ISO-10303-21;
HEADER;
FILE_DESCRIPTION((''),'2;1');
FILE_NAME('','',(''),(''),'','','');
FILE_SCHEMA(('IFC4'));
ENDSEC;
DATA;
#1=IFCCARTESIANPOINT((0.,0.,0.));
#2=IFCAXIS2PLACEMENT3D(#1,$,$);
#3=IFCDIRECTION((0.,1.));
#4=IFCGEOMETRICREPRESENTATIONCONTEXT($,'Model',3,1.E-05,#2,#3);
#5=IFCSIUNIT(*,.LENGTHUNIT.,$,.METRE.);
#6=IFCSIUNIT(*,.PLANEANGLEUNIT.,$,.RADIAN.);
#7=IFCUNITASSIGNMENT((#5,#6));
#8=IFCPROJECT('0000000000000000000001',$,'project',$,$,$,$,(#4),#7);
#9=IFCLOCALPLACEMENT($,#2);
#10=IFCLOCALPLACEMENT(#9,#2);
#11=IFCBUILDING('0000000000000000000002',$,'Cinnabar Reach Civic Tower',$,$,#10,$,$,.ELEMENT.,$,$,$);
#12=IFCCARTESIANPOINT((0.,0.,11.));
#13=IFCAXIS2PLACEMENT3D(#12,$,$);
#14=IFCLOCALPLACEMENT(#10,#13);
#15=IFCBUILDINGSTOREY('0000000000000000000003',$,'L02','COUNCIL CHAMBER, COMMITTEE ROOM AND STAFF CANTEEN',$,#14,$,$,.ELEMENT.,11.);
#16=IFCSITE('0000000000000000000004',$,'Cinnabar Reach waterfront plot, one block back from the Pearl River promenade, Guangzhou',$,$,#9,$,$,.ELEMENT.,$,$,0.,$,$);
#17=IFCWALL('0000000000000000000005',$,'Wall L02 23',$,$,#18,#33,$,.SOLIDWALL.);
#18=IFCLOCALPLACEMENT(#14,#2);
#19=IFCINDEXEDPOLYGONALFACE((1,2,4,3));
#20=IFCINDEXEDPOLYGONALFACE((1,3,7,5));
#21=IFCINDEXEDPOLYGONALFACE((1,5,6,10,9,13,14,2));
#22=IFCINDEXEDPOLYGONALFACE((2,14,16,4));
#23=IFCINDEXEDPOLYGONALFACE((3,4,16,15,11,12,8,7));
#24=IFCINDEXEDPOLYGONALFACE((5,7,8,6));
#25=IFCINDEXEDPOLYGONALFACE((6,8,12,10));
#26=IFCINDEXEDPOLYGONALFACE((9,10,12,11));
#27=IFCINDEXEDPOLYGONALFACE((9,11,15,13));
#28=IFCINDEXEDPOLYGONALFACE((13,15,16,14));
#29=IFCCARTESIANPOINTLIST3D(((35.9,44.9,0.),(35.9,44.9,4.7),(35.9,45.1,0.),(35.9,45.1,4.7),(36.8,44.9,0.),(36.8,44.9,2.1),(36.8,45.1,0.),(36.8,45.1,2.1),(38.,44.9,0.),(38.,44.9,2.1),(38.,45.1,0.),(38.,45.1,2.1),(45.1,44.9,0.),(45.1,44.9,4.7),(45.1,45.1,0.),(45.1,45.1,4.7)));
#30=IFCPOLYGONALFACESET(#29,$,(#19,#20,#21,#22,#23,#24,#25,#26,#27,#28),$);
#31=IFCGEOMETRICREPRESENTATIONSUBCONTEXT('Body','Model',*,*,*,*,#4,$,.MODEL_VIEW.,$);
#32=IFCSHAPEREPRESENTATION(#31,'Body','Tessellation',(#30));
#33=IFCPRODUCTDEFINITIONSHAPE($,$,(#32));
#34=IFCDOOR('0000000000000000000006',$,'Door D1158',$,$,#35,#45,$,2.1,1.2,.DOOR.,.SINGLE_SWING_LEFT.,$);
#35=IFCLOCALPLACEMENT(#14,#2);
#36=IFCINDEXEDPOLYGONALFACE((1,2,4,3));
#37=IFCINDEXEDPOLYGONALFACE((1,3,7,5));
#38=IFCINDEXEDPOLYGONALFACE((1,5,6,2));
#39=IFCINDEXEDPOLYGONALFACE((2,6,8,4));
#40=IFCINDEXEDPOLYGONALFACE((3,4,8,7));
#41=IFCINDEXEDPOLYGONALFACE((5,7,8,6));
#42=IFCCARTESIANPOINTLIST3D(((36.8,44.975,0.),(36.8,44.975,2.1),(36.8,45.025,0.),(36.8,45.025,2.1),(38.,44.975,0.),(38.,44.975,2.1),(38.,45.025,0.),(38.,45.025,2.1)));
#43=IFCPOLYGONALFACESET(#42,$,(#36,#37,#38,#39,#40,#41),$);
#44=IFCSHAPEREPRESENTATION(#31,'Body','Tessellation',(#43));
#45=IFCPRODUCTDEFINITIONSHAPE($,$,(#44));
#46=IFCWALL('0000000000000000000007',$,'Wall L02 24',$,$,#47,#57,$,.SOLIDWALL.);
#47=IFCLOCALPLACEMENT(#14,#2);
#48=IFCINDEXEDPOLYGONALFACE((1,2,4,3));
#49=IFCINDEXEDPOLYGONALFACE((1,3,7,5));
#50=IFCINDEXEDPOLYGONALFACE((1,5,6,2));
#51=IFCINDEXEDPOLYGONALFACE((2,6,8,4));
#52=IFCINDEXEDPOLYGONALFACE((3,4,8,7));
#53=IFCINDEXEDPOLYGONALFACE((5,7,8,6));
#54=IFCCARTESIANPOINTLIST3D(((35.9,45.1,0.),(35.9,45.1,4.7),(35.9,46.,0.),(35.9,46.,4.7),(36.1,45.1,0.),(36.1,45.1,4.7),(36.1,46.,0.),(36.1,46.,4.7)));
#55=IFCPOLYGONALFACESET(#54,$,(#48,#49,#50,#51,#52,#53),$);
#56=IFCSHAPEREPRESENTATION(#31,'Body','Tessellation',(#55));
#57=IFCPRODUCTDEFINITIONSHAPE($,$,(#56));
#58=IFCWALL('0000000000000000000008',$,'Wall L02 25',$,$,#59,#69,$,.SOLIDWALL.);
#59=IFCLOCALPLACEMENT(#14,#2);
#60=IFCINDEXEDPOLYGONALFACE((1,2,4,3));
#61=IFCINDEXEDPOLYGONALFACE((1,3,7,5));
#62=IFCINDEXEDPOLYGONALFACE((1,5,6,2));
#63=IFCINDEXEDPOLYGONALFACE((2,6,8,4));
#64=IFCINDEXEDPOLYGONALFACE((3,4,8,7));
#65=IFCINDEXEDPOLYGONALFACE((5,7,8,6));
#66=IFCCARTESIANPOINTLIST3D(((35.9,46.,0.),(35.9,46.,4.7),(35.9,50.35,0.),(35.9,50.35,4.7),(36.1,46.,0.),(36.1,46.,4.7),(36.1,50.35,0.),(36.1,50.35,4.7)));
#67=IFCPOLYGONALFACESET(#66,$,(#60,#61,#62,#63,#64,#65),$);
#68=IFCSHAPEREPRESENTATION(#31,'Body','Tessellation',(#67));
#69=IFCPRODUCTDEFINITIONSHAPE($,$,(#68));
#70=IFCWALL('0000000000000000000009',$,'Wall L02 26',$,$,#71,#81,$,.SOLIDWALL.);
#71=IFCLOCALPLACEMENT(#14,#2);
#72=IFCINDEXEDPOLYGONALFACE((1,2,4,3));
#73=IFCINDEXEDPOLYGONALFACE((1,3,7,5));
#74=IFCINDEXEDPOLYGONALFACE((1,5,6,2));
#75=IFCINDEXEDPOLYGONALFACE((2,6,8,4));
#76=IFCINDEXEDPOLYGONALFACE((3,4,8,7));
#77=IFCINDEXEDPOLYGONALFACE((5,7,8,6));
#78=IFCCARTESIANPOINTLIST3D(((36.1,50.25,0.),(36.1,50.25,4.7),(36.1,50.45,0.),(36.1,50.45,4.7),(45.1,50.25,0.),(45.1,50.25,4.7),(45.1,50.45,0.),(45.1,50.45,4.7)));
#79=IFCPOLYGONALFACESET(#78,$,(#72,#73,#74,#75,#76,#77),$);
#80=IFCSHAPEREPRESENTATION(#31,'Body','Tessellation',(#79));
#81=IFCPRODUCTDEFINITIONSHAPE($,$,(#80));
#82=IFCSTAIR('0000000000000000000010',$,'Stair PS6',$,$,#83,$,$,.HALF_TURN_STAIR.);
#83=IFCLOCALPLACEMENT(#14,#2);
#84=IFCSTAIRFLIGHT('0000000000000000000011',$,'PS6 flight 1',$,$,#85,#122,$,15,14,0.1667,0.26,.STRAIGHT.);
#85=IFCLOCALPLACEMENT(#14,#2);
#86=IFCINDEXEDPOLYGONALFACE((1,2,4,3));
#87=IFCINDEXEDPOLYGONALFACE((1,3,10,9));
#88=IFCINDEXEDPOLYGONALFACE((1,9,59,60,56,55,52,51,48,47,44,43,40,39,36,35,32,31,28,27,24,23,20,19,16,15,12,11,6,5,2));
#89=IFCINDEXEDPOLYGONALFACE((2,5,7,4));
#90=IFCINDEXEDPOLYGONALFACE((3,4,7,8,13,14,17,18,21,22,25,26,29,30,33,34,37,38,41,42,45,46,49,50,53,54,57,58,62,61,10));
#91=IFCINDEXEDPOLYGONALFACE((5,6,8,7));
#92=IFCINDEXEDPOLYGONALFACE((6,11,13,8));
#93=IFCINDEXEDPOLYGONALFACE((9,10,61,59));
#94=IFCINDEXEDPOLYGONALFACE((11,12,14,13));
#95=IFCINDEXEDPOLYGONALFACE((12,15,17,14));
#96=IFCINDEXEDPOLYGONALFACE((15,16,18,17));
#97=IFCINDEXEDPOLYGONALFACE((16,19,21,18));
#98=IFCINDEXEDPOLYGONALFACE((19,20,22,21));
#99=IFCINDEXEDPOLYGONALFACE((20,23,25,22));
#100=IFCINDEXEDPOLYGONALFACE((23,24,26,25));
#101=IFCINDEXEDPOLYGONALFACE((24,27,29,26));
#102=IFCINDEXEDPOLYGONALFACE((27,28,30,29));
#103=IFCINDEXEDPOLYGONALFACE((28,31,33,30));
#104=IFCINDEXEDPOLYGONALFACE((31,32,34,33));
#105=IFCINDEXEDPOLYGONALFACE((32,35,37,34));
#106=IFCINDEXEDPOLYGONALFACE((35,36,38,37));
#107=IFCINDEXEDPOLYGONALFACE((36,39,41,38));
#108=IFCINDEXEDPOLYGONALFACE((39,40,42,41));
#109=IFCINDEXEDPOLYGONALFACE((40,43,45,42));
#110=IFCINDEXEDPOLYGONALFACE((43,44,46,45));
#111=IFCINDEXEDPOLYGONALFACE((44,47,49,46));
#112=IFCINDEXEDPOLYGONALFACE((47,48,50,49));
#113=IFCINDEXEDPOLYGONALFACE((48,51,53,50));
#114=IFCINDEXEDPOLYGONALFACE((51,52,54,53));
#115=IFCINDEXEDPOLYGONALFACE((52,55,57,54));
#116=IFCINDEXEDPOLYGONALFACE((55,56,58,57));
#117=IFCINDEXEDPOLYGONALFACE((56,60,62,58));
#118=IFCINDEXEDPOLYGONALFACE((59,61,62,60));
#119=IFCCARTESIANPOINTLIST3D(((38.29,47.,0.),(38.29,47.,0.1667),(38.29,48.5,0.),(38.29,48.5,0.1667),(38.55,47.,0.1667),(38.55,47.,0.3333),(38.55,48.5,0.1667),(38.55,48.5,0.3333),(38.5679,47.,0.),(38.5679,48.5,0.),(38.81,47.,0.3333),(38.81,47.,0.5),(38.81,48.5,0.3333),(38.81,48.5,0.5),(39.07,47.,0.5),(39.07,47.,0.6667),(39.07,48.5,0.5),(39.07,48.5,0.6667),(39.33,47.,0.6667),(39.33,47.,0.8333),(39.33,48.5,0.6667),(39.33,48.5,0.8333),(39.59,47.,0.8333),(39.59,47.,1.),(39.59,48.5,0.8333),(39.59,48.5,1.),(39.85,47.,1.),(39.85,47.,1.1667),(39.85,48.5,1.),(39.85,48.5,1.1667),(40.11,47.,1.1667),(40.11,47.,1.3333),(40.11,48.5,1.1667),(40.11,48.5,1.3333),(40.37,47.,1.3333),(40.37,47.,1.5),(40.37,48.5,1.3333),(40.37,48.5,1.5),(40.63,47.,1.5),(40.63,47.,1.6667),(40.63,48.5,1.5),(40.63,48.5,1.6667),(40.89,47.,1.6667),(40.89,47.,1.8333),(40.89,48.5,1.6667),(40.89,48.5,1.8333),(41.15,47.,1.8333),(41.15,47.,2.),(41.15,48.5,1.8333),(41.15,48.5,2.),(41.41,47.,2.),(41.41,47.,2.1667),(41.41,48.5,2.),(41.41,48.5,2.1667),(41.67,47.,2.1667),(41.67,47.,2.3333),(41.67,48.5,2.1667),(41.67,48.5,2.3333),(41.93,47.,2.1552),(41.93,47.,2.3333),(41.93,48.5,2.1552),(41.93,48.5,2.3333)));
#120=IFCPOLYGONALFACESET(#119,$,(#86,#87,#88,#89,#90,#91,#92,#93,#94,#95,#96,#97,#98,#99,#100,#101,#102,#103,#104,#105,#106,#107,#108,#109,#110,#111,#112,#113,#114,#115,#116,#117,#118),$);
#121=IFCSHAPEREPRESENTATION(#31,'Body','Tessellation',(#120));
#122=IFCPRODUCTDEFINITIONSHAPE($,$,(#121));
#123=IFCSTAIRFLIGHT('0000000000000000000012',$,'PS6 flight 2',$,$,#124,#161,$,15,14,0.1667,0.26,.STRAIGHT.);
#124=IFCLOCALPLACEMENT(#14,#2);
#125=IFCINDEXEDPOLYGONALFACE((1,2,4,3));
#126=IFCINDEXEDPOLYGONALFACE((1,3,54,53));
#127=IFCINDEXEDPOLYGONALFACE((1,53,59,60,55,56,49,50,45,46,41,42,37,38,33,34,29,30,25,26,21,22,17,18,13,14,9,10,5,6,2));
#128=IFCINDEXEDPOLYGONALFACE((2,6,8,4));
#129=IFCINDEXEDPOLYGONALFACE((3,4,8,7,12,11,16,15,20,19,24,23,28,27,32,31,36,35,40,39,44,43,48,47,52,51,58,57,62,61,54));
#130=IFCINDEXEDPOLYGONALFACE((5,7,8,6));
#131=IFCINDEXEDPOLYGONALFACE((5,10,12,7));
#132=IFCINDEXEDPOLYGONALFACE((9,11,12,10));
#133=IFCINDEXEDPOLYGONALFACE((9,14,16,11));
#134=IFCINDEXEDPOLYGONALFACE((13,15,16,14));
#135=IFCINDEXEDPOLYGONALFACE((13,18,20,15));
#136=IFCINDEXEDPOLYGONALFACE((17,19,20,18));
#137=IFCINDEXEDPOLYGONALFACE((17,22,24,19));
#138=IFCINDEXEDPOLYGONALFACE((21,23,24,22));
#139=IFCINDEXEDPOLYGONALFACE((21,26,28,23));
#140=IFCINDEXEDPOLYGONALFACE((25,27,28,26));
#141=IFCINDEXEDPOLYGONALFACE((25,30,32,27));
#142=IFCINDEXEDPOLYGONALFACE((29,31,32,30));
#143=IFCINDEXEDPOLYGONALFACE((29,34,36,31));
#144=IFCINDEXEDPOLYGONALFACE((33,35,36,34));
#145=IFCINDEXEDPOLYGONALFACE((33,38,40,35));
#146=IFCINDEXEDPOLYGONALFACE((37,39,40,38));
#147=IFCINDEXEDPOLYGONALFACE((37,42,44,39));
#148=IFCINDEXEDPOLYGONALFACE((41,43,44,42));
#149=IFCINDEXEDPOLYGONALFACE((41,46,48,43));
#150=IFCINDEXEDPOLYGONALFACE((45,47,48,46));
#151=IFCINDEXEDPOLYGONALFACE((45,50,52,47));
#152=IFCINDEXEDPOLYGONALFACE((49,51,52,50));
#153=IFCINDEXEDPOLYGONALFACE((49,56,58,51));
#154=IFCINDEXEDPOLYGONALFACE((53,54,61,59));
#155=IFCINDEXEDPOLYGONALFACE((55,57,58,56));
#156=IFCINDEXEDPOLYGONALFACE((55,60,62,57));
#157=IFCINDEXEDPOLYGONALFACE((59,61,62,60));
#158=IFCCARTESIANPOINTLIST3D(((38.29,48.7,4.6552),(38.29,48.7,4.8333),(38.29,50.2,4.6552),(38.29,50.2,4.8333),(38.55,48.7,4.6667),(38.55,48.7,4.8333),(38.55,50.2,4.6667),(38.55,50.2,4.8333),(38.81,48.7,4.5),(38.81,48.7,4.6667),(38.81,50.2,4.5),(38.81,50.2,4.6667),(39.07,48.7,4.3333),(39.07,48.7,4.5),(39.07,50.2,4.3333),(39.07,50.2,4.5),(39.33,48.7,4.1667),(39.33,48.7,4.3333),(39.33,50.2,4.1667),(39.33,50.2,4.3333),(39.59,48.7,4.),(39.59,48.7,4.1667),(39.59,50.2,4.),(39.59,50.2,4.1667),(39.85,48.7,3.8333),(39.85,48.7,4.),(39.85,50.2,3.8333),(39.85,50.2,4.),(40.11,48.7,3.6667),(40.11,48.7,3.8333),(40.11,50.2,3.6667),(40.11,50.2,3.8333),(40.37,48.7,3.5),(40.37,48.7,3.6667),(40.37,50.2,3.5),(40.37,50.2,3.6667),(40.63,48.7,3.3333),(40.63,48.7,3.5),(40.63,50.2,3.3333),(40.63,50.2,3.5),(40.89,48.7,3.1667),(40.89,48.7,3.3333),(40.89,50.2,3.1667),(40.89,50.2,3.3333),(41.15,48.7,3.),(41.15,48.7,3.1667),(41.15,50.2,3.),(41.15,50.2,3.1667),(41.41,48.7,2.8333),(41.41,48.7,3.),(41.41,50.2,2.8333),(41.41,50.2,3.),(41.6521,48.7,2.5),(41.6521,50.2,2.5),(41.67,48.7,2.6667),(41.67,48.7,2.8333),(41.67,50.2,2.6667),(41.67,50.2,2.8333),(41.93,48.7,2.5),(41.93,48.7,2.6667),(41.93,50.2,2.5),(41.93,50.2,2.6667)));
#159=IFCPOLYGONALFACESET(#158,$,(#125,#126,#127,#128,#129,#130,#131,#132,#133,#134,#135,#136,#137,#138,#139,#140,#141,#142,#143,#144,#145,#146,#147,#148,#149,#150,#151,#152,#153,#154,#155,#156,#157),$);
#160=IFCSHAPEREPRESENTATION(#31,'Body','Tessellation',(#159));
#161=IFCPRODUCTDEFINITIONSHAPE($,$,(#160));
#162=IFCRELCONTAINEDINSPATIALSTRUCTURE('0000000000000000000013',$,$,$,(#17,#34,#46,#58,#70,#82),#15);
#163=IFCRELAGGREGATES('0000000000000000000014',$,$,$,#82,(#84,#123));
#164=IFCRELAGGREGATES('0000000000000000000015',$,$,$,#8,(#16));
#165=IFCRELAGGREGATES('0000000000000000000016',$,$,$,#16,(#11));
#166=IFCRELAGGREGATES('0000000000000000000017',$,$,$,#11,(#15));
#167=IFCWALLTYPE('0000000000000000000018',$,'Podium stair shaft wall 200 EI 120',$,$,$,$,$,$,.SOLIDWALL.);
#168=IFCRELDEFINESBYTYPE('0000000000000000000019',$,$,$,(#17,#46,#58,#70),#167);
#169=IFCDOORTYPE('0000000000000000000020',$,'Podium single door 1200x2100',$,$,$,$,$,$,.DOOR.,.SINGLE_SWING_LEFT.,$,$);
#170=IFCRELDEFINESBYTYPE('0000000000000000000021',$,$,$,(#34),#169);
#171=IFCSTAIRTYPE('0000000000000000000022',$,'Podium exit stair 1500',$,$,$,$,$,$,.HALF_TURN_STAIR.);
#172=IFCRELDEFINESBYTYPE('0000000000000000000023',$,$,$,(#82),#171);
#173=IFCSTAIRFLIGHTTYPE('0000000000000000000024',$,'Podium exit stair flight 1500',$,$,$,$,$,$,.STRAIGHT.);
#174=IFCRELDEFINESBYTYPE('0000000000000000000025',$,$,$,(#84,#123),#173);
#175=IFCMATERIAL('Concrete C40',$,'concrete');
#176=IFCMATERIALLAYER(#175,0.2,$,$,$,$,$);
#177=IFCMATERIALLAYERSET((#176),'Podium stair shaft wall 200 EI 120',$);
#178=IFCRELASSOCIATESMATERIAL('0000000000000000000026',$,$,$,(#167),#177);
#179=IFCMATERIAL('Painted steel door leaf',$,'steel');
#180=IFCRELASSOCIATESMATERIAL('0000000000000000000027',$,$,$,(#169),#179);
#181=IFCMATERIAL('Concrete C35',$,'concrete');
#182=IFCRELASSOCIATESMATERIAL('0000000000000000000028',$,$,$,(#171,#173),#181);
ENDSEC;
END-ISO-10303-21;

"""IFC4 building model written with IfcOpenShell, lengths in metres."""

from ifc_helpers import new_model, si_unit, direction, frame, frame_2d, origin, place, context, subcontext, project, spatial, polyline, rectangle, outline, extrude, material, layer, layer_set, type_object, element, fill, aggregate, save


model = new_model("IFC4")

# Units and contexts
model_context = context("Model", 3, precision=1e-05, world=origin(), true_north=direction((0.0, 1.0)))
body_context = subcontext(model_context, "Body", "Model", "MODEL_VIEW")
ifc_project = project(units=[si_unit("LENGTHUNIT", "METRE"), si_unit("PLANEANGLEUNIT", "RADIAN")], contexts=[model_context])

# Site, building, storey
site_placement = place(None, origin())
site = spatial("IfcSite", under=ifc_project, at=site_placement, Name="Cinnabar Reach waterfront plot, one block back from the Pearl River promenade, Guangzhou", CompositionType="ELEMENT", RefElevation=0.0)
building_placement = place(site_placement, origin())
building = spatial("IfcBuilding", under=site, at=building_placement, Name="Cinnabar Reach Civic Tower", CompositionType="ELEMENT")
storey_placement = place(building_placement, frame((0.0, 0.0, 11.0)))
storey = spatial("IfcBuildingStorey", under=building, at=storey_placement, Name="L02", Description="COUNCIL CHAMBER, COMMITTEE ROOM AND STAFF CANTEEN", CompositionType="ELEMENT", Elevation=11.0)

# Shared definitions
ifc_material_1 = material(Name="Painted steel door leaf", Category="steel")

# Wall, opening, door
ifc_material_2 = material(Name="Concrete C40", Category="concrete")
ifc_layer_1 = layer(ifc_material_2, 0.2)
ifc_layer_set_1 = layer_set([ifc_layer_1], Name="Podium stair shaft wall 200 EI 120")
wall_type_1 = type_object("IfcWallType", Name="Podium stair shaft wall 200 EI 120", PredefinedType="SOLIDWALL", material=ifc_layer_set_1)
wall_1_placement = place(storey_placement, frame((35.9, 45.0, 0.0), z_axis=(0.0, 0.0, 1.0), x_axis=(1.0, 0.0, 0.0)))
wall_1 = element("IfcWall", 1, at=wall_1_placement, inside=storey, type_object=wall_type_1, Name="Wall L02 23", PredefinedType="SOLIDWALL", context=body_context, shape_type="SweptSolid", body=[
    extrude(rectangle(XDim=9.2, YDim=0.2, at=frame_2d((4.6, 0.0))), origin(), (0.0, 0.0, 1.0), 4.7),
])
opening_1_placement = place(wall_1_placement, frame((0.9, 0.0, 0.0)))
opening_1 = element("IfcOpeningElement", 2, at=opening_1_placement, cuts=wall_1, PredefinedType="OPENING", context=body_context, shape_type="SweptSolid", body=[
    extrude(rectangle(XDim=1.2, YDim=2.1, at=frame_2d((0.6, 1.05))), frame((0.0, 0.11, 0.0), z_axis=(0.0, -1.0, 0.0), x_axis=(1.0, 0.0, 0.0)), (0.0, 0.0, 1.0), 0.22),
])
door_type_1 = type_object("IfcDoorType", Name="Podium single door 1200x2100", OperationType="SINGLE_SWING_LEFT", PredefinedType="DOOR", material=ifc_material_1)
door_1_placement = place(opening_1_placement, origin())
door_1 = element("IfcDoor", 3, at=door_1_placement, inside=storey, type_object=door_type_1, Name="Door D1158", OperationType="SINGLE_SWING_LEFT", OverallHeight=2.1, OverallWidth=1.2, PredefinedType="DOOR", context=body_context, shape_type="SweptSolid", body=[
    extrude(rectangle(XDim=1.2, YDim=2.1, at=frame_2d((0.6, 1.05))), frame((0.0, 0.025, 0.0), z_axis=(0.0, -1.0, 0.0), x_axis=(1.0, 0.0, 0.0)), (0.0, 0.0, 1.0), 0.05),
])
fill(opening_1, door_1)

# Walls
wall_2_placement = place(storey_placement, frame((36.0, 45.1, 0.0), z_axis=(0.0, 0.0, 1.0), x_axis=(0.0, 1.0, 0.0)))
element("IfcWall", 4, at=wall_2_placement, inside=storey, type_object=wall_type_1, Name="Wall L02 24", PredefinedType="SOLIDWALL", context=body_context, shape_type="SweptSolid", body=[
    extrude(rectangle(XDim=0.9, YDim=0.2, at=frame_2d((0.45, 0.0))), origin(), (0.0, 0.0, 1.0), 4.7),
])
wall_3_placement = place(storey_placement, frame((36.0, 46.0, 0.0), z_axis=(0.0, 0.0, 1.0), x_axis=(0.0, 1.0, 0.0)))
element("IfcWall", 5, at=wall_3_placement, inside=storey, type_object=wall_type_1, Name="Wall L02 25", PredefinedType="SOLIDWALL", context=body_context, shape_type="SweptSolid", body=[
    extrude(rectangle(XDim=4.35, YDim=0.2, at=frame_2d((2.175, 0.0))), origin(), (0.0, 0.0, 1.0), 4.7),
])
wall_4_placement = place(storey_placement, frame((36.1, 50.35, 0.0), z_axis=(0.0, 0.0, 1.0), x_axis=(1.0, 0.0, 0.0)))
element("IfcWall", 6, at=wall_4_placement, inside=storey, type_object=wall_type_1, Name="Wall L02 26", PredefinedType="SOLIDWALL", context=body_context, shape_type="SweptSolid", body=[
    extrude(rectangle(XDim=9.0, YDim=0.2, at=frame_2d((4.5, 0.0))), origin(), (0.0, 0.0, 1.0), 4.7),
])

# Stair, stair flights
ifc_material_3 = material(Name="Concrete C35", Category="concrete")
stair_type = type_object("IfcStairType", Name="Podium exit stair 1500", PredefinedType="HALF_TURN_STAIR", material=ifc_material_3)
stair_placement = place(storey_placement, origin())
stair = element("IfcStair", 7, at=stair_placement, inside=storey, type_object=stair_type, Name="Stair PS6", PredefinedType="HALF_TURN_STAIR")
stair_flight_type = type_object("IfcStairFlightType", Name="Podium exit stair flight 1500", PredefinedType="STRAIGHT", material=ifc_material_3)
stair_flight_1_placement = place(storey_placement, frame((38.29, 47.75, 0.0), z_axis=(0.0, 0.0, 1.0), x_axis=(1.0, 0.0, 0.0)))
stair_flight_1 = element("IfcStairFlight", 8, at=stair_flight_1_placement, type_object=stair_flight_type, Name="PS6 flight 1", NumberOfRisers=15, NumberOfTreads=14, PredefinedType="STRAIGHT", RiserHeight=0.1667, TreadLength=0.26, context=body_context, shape_type="SweptSolid", body=[
    extrude(outline(polyline([(0.0, 0.0), (0.0, 0.1667), (0.26, 0.1667), (0.26, 0.3333), (0.52, 0.3333), (0.52, 0.5), (0.78, 0.5), (0.78, 0.6667), (1.04, 0.6667), (1.04, 0.8333), (1.3, 0.8333), (1.3, 1.0), (1.56, 1.0), (1.56, 1.1667), (1.82, 1.1667), (1.82, 1.3333), (2.08, 1.3333), (2.08, 1.5), (2.34, 1.5), (2.34, 1.6667), (2.6, 1.6667), (2.6, 1.8333), (2.86, 1.8333), (2.86, 2.0), (3.12, 2.0), (3.12, 2.1667), (3.38, 2.1667), (3.38, 2.3333), (3.64, 2.3333), (3.64, 2.5), (3.64, 2.1552), (0.2779, 0.0), (0.0, 0.0)])), frame((0.0, 0.75, 0.0), z_axis=(0.0, -1.0, 0.0), x_axis=(1.0, 0.0, 0.0)), (0.0, 0.0, 1.0), 1.5),
])
stair_flight_2_placement = place(storey_placement, frame((41.93, 49.45, 2.5), z_axis=(0.0, 0.0, 1.0), x_axis=(-1.0, 0.0, 0.0)))
stair_flight_2 = element("IfcStairFlight", 9, at=stair_flight_2_placement, type_object=stair_flight_type, Name="PS6 flight 2", NumberOfRisers=15, NumberOfTreads=14, PredefinedType="STRAIGHT", RiserHeight=0.1667, TreadLength=0.26, context=body_context, shape_type="SweptSolid", body=[
    extrude(outline(polyline([(0.0, 0.0), (0.0, 0.1667), (0.26, 0.1667), (0.26, 0.3333), (0.52, 0.3333), (0.52, 0.5), (0.78, 0.5), (0.78, 0.6667), (1.04, 0.6667), (1.04, 0.8333), (1.3, 0.8333), (1.3, 1.0), (1.56, 1.0), (1.56, 1.1667), (1.82, 1.1667), (1.82, 1.3333), (2.08, 1.3333), (2.08, 1.5), (2.34, 1.5), (2.34, 1.6667), (2.6, 1.6667), (2.6, 1.8333), (2.86, 1.8333), (2.86, 2.0), (3.12, 2.0), (3.12, 2.1667), (3.38, 2.1667), (3.38, 2.3333), (3.64, 2.3333), (3.64, 2.5), (3.64, 2.1552), (0.2779, 0.0), (0.0, 0.0)])), frame((0.0, 0.75, 0.0), z_axis=(0.0, -1.0, 0.0), x_axis=(1.0, 0.0, 0.0)), (0.0, 0.0, 1.0), 1.5),
])
aggregate(stair, [stair_flight_1, stair_flight_2])

save(model, "model.ifc")
